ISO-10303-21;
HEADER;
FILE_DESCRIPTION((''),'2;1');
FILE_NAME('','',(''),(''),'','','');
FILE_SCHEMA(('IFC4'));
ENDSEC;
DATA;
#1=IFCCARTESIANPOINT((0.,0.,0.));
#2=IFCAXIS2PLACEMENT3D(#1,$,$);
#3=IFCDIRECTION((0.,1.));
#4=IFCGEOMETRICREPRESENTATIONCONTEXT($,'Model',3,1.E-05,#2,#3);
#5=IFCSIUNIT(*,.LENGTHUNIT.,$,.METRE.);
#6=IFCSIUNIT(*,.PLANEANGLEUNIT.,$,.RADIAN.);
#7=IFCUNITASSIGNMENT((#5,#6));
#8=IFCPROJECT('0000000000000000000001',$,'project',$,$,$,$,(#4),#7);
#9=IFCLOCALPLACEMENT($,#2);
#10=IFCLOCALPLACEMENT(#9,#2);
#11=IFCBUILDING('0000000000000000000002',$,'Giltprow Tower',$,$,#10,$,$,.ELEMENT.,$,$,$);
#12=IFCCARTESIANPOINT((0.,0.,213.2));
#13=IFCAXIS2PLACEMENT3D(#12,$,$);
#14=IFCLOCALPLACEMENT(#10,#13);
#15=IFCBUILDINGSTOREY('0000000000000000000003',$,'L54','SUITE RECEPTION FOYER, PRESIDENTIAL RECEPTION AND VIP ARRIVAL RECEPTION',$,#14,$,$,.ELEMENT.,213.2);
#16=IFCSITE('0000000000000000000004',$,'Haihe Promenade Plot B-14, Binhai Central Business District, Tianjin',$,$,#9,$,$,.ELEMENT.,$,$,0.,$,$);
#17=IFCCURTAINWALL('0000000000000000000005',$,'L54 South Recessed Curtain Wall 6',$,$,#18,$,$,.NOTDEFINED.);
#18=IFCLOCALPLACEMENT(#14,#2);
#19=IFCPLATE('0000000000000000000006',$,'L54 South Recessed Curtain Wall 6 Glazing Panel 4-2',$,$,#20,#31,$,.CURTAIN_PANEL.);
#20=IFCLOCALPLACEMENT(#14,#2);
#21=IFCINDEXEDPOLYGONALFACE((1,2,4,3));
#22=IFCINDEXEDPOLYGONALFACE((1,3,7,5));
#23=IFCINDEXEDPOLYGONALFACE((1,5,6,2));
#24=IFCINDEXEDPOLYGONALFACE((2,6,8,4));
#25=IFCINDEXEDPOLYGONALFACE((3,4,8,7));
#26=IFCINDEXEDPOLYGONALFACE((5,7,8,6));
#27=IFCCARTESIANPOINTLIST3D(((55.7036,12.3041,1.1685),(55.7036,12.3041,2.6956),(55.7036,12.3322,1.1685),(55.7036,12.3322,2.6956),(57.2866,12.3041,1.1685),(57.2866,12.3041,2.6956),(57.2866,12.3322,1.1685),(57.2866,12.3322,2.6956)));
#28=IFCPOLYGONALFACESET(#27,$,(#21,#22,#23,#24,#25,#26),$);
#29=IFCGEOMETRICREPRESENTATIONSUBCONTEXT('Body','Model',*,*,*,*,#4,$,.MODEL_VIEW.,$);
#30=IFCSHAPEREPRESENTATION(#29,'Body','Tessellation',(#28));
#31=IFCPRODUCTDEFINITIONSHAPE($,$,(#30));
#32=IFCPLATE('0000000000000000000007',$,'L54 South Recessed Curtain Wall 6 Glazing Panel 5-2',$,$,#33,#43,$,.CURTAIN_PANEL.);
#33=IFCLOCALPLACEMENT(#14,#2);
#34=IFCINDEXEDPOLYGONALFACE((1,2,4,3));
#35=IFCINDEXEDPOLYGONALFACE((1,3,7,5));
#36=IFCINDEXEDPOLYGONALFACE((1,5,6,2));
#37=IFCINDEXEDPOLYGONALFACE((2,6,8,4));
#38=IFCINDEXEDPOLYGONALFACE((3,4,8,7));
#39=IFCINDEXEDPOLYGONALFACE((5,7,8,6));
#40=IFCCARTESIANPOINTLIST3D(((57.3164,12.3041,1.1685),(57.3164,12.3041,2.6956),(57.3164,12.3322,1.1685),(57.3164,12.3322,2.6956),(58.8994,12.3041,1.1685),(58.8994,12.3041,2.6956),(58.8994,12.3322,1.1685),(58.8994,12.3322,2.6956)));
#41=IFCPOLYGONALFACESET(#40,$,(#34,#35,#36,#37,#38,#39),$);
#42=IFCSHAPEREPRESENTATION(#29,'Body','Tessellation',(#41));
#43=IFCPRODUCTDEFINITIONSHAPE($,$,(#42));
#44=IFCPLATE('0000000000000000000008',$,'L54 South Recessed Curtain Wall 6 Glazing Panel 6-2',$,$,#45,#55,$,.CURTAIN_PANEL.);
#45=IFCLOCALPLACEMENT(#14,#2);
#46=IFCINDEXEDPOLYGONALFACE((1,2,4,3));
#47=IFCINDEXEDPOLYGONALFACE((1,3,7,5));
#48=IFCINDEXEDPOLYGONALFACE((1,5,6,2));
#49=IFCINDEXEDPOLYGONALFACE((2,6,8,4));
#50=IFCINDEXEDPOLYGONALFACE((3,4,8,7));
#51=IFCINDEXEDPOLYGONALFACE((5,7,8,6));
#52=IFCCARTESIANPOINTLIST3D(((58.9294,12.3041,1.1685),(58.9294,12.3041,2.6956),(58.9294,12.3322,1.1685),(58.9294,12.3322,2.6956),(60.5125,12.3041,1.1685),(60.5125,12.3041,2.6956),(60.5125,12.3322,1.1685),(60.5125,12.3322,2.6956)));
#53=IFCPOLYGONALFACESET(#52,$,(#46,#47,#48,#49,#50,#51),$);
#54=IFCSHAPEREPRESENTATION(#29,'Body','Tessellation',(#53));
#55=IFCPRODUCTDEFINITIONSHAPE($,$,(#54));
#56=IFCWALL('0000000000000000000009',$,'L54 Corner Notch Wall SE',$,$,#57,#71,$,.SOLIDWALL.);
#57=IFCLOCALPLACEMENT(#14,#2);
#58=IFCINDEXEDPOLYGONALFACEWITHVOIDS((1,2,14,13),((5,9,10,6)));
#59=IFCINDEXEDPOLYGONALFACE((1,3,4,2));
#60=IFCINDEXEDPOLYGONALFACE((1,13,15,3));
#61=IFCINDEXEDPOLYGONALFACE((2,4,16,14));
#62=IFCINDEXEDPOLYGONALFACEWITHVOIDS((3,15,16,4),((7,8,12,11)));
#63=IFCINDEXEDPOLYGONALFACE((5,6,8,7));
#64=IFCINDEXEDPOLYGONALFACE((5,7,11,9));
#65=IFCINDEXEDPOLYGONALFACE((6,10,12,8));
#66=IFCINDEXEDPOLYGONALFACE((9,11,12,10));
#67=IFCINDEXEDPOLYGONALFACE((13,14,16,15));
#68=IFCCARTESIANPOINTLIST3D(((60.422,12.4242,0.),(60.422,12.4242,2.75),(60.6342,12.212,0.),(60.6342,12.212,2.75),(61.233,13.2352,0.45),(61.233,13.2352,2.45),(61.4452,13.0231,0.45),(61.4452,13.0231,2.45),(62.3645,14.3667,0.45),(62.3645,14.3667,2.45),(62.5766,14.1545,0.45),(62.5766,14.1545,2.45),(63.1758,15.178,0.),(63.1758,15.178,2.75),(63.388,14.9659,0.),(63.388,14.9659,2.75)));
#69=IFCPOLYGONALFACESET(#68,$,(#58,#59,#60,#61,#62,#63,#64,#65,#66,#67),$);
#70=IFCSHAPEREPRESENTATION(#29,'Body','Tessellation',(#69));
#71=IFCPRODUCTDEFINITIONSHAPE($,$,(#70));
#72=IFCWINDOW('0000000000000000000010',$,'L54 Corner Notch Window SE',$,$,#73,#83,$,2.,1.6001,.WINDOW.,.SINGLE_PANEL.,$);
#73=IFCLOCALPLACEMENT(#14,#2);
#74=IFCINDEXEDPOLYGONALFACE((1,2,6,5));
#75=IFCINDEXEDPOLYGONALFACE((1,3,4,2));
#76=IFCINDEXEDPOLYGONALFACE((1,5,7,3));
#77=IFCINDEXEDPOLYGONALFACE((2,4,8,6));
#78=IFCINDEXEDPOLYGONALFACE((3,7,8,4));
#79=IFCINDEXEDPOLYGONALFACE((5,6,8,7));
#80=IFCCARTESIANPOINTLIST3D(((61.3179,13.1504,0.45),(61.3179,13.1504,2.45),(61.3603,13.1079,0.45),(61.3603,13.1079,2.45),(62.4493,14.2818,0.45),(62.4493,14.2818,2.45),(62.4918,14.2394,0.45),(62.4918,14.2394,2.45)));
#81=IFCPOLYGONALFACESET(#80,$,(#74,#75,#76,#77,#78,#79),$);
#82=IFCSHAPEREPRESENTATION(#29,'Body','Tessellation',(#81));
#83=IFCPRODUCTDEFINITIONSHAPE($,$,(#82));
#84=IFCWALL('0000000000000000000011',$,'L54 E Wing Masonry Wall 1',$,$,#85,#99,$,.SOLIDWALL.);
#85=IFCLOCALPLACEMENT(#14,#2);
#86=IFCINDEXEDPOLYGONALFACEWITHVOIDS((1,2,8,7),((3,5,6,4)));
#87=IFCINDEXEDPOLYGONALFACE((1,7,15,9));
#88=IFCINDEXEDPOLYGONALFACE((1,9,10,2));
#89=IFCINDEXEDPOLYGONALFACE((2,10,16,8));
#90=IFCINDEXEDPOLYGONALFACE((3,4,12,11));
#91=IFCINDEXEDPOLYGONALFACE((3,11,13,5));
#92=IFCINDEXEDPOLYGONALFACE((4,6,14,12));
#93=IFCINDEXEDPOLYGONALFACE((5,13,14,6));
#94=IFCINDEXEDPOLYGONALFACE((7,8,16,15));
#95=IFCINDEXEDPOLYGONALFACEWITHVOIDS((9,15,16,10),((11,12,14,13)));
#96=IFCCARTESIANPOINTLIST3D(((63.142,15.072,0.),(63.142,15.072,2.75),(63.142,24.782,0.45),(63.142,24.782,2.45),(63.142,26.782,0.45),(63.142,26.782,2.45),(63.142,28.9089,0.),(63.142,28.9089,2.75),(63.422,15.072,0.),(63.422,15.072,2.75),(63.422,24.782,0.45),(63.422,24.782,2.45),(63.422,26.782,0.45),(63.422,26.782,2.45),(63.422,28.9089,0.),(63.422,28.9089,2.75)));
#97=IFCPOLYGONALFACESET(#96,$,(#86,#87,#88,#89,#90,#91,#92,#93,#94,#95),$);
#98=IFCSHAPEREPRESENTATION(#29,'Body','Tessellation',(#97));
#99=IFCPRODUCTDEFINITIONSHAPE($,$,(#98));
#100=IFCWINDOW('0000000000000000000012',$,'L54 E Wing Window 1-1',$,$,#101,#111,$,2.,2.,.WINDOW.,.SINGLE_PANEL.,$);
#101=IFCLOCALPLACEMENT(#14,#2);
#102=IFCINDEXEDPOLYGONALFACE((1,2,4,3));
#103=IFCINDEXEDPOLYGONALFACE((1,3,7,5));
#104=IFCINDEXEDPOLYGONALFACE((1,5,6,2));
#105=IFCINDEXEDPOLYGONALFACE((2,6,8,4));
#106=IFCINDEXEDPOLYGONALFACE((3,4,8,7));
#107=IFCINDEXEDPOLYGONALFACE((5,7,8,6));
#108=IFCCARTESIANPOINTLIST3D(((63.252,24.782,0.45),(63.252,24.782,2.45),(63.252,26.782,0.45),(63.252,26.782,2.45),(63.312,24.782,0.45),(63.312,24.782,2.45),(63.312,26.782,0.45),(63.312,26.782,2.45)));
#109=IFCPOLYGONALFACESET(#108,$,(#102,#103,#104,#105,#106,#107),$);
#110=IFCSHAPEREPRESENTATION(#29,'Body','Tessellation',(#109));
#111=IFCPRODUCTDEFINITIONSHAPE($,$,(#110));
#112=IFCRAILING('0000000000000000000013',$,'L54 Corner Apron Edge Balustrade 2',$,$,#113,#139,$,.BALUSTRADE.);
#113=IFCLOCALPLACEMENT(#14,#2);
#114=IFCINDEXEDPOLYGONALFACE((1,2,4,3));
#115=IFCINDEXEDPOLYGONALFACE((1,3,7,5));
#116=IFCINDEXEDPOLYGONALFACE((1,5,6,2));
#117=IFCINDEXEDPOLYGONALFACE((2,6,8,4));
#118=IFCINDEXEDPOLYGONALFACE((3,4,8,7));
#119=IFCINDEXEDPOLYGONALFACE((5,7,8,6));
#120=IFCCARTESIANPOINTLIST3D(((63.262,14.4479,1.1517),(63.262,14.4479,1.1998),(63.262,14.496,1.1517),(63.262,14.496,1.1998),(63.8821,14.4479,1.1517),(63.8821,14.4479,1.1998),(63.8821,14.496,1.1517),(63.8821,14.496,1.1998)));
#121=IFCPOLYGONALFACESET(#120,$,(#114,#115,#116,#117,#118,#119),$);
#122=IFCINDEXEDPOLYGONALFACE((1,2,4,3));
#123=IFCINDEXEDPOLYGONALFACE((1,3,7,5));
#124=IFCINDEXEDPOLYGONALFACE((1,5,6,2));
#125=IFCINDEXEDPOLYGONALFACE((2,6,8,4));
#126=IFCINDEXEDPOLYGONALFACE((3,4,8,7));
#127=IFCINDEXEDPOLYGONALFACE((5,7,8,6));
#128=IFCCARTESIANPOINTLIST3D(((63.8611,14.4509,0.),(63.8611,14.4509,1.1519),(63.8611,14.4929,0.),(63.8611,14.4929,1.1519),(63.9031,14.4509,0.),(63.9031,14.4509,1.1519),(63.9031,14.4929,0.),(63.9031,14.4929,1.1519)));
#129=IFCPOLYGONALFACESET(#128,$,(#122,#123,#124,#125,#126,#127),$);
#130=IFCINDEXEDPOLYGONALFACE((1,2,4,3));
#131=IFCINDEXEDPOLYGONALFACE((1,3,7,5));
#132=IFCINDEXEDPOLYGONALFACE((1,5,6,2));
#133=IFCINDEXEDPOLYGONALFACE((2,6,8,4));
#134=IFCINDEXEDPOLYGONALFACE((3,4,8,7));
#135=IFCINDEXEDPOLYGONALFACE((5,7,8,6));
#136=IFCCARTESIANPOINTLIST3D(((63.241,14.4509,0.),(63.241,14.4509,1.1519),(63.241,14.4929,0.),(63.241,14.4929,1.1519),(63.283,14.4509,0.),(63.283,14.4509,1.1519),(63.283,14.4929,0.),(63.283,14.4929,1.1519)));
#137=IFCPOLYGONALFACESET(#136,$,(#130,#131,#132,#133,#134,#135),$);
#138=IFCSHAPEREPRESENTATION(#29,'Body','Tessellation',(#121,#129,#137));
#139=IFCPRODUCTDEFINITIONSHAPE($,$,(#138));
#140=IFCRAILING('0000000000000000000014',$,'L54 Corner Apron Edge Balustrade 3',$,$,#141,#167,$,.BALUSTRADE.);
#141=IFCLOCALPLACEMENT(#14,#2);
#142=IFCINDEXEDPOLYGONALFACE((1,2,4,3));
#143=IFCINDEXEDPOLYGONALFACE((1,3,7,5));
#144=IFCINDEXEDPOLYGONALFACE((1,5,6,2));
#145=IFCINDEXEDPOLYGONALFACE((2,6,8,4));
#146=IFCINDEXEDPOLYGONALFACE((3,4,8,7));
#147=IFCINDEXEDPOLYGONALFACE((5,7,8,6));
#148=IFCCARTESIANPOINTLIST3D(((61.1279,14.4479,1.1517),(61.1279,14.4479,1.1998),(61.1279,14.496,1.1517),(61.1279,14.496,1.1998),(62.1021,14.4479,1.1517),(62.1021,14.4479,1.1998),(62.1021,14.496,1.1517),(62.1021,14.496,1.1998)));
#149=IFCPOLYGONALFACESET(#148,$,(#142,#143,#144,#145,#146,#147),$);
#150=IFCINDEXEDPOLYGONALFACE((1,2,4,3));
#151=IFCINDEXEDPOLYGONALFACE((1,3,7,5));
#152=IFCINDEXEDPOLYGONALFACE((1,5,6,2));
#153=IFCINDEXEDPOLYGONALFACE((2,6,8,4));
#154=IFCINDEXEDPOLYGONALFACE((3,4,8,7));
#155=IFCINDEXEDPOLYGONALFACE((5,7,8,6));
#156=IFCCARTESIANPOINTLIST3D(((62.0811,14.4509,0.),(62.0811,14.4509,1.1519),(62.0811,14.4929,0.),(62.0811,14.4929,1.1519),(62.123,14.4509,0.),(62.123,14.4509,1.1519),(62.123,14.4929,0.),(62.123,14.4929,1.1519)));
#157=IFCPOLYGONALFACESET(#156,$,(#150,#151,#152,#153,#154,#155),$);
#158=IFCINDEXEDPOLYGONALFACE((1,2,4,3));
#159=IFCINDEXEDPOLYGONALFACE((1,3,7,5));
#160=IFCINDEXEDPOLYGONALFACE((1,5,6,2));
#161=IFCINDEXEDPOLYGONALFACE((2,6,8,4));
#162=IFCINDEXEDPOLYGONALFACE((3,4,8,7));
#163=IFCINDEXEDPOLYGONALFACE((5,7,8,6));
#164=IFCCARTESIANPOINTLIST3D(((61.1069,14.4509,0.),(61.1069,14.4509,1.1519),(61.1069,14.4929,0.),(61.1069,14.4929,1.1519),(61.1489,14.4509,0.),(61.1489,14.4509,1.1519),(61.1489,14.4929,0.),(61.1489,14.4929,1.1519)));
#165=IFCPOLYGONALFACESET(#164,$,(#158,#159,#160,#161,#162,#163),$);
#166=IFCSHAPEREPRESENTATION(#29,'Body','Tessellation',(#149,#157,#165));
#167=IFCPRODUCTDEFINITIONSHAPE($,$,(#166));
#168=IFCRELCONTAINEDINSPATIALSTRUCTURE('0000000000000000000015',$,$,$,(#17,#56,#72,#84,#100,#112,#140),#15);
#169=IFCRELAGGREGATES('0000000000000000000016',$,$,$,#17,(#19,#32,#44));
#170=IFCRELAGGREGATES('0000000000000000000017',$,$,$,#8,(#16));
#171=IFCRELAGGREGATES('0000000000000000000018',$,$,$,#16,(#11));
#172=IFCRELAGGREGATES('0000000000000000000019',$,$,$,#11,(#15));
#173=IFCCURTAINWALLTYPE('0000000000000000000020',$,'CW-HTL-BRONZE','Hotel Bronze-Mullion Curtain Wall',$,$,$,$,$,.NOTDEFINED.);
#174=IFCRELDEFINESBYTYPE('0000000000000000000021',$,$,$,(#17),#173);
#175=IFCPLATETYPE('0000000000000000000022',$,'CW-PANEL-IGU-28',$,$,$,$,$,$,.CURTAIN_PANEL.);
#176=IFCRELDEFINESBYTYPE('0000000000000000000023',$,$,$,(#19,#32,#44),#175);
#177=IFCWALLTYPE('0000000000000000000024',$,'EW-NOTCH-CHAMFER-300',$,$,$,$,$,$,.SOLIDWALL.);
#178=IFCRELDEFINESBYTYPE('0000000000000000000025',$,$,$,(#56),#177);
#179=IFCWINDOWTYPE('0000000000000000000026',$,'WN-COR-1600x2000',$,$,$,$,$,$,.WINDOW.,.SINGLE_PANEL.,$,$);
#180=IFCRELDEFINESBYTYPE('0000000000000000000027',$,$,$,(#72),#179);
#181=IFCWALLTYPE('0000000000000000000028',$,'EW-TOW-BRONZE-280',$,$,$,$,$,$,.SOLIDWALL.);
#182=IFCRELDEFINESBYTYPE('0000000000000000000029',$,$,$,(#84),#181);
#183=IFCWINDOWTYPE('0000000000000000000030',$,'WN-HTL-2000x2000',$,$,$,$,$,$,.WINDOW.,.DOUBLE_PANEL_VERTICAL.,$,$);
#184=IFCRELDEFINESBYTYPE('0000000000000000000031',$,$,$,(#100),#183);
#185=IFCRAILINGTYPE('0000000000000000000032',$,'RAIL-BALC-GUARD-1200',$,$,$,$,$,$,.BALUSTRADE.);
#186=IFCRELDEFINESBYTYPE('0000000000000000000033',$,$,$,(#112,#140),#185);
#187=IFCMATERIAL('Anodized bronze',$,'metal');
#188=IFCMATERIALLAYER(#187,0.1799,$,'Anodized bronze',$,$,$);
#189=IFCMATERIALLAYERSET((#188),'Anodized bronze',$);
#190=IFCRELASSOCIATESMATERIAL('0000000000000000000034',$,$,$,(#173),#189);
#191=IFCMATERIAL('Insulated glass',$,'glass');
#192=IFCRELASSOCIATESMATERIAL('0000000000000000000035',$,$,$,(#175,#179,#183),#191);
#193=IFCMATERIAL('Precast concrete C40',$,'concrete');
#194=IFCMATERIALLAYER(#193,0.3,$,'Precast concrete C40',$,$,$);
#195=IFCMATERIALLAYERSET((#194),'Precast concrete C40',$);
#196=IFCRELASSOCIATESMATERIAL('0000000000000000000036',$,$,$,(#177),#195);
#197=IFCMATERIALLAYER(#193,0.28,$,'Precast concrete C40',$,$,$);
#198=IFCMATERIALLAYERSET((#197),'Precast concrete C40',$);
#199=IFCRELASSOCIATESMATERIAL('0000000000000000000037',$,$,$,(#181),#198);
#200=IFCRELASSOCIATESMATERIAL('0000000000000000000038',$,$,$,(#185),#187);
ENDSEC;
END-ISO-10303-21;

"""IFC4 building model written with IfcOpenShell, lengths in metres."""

from ifc_helpers import new_model, si_unit, direction, frame, frame_2d, origin, origin_2d, place, context, subcontext, project, spatial, rectangle, extrude, source, transform, mapped, material, layer, layer_set, type_object, element, fill, aggregate, save


model = new_model("IFC4")

# Units and contexts
model_context = context("Model", 3, precision=1e-05, world=origin(), true_north=direction((0.0, 1.0)))
body_context = subcontext(model_context, "Body", "Model", "MODEL_VIEW")
ifc_project = project(units=[si_unit("LENGTHUNIT", "METRE"), si_unit("PLANEANGLEUNIT", "RADIAN")], contexts=[model_context])

# Site, building, storey
site_placement = place(None, origin())
site = spatial("IfcSite", under=ifc_project, at=site_placement, Name="Haihe Promenade Plot B-14, Binhai Central Business District, Tianjin", CompositionType="ELEMENT", RefElevation=0.0)
building_placement = place(site_placement, origin())
building = spatial("IfcBuilding", under=site, at=building_placement, Name="Giltprow Tower", CompositionType="ELEMENT")
storey_placement = place(building_placement, frame((0.0, 0.0, 213.2)))
storey = spatial("IfcBuildingStorey", under=building, at=storey_placement, Name="L54", Description="SUITE RECEPTION FOYER, PRESIDENTIAL RECEPTION AND VIP ARRIVAL RECEPTION", CompositionType="ELEMENT", Elevation=213.2)

# Curtain wall
ifc_material_1 = material(Name="Anodized bronze", Category="metal")
ifc_layer_1 = layer(ifc_material_1, 0.1799, Name="Anodized bronze")
ifc_layer_set_1 = layer_set([ifc_layer_1], Name="Anodized bronze")
curtain_wall_type = type_object("IfcCurtainWallType", Name="CW-HTL-BRONZE", Description="Hotel Bronze-Mullion Curtain Wall", PredefinedType="NOTDEFINED", material=ifc_layer_set_1)
curtain_wall_placement = place(storey_placement, origin())
curtain_wall = element("IfcCurtainWall", 1, at=curtain_wall_placement, inside=storey, type_object=curtain_wall_type, Name="L54 South Recessed Curtain Wall 6", PredefinedType="NOTDEFINED")

# Plates
ifc_material_2 = material(Name="Insulated glass", Category="glass")
plate_type_1 = type_object("IfcPlateType", Name="CW-PANEL-IGU-28", PredefinedType="CURTAIN_PANEL", material=ifc_material_2)
shared_shape_1 = source(origin(), body_context, "Body", "SweptSolid", [
    extrude(rectangle(XDim=1.583, YDim=0.0281, at=origin_2d()), origin(), (0.0, 0.0, 1.0), 1.5271),
])
plate_1_placement = place(storey_placement, frame((56.4951, 12.3181, 1.1685), z_axis=(0.0, 0.0, 1.0), x_axis=(1.0, 0.0, 0.0)))
plate_1 = element("IfcPlate", 2, at=plate_1_placement, type_object=plate_type_1, Name="L54 South Recessed Curtain Wall 6 Glazing Panel 4-2", PredefinedType="CURTAIN_PANEL", context=body_context, shape_type="MappedRepresentation", body=[
    mapped(shared_shape_1, transform((0.0, 0.0, 0.0), x_axis=(1.0, 0.0, 0.0), y_axis=(0.0, 1.0, 0.0), z_axis=(0.0, 0.0, 1.0), scale=1.0)),
])
plate_2_placement = place(storey_placement, frame((58.1079, 12.3181, 1.1685), z_axis=(0.0, 0.0, 1.0), x_axis=(1.0, 0.0, 0.0)))
plate_2 = element("IfcPlate", 3, at=plate_2_placement, type_object=plate_type_1, Name="L54 South Recessed Curtain Wall 6 Glazing Panel 5-2", PredefinedType="CURTAIN_PANEL", context=body_context, shape_type="MappedRepresentation", body=[
    mapped(shared_shape_1, transform((0.0, 0.0, 0.0), x_axis=(1.0, 0.0, 0.0), y_axis=(0.0, 1.0, 0.0), z_axis=(0.0, 0.0, 1.0), scale=1.0)),
])
plate_3_placement = place(storey_placement, frame((59.7209, 12.3181, 1.1685), z_axis=(0.0, 0.0, 1.0), x_axis=(1.0, 0.0, 0.0)))
plate_3 = element("IfcPlate", 4, at=plate_3_placement, type_object=plate_type_1, Name="L54 South Recessed Curtain Wall 6 Glazing Panel 6-2", PredefinedType="CURTAIN_PANEL", context=body_context, shape_type="MappedRepresentation", body=[
    mapped(shared_shape_1, transform((0.0, 0.0, 0.0), x_axis=(1.0, 0.0, 0.0), y_axis=(0.0, 1.0, 0.0), z_axis=(0.0, 0.0, 1.0), scale=1.0)),
])
aggregate(curtain_wall, [plate_1, plate_2, plate_3])

# Walls, openings, windows
ifc_material_3 = material(Name="Precast concrete C40", Category="concrete")
ifc_layer_2 = layer(ifc_material_3, 0.3, Name="Precast concrete C40")
ifc_layer_set_2 = layer_set([ifc_layer_2], Name="Precast concrete C40")
wall_type_1 = type_object("IfcWallType", Name="EW-NOTCH-CHAMFER-300", PredefinedType="SOLIDWALL", material=ifc_layer_set_2)
wall_1_placement = place(storey_placement, frame((60.5281, 12.3181, 0.0), z_axis=(0.0, 0.0, 1.0), x_axis=(0.707107, 0.707107, 0.0)))
wall_1 = element("IfcWall", 5, at=wall_1_placement, inside=storey, type_object=wall_type_1, Name="L54 Corner Notch Wall SE", PredefinedType="SOLIDWALL", context=body_context, shape_type="SweptSolid", body=[
    extrude(rectangle(XDim=3.8945, YDim=0.3, at=frame_2d((1.9473, 0.0))), origin(), (0.0, 0.0, 1.0), 2.75),
])
opening_1_placement = place(wall_1_placement, frame((1.147, 0.0, 0.45)))
opening_1 = element("IfcOpeningElement", 6, at=opening_1_placement, cuts=wall_1, PredefinedType="OPENING", context=body_context, shape_type="SweptSolid", body=[
    extrude(rectangle(XDim=1.6001, YDim=2.0, at=frame_2d((0.8, 1.0))), frame((0.0, 0.1599, 0.0), z_axis=(0.0, -1.0, 0.0), x_axis=(1.0, 0.0, 0.0)), (0.0, 0.0, 1.0), 0.3201),
])
window_type_1 = type_object("IfcWindowType", Name="WN-COR-1600x2000", PartitioningType="SINGLE_PANEL", PredefinedType="WINDOW", material=ifc_material_2)
shared_shape_2 = source(origin(), body_context, "Body", "SweptSolid", [
    extrude(rectangle(XDim=1.6001, YDim=2.0, at=frame_2d((0.8, 1.0))), frame((0.0, 0.03, 0.0), z_axis=(0.0, -1.0, 0.0), x_axis=(1.0, 0.0, 0.0)), (0.0, 0.0, 1.0), 0.0601),
])
window_1_placement = place(opening_1_placement, origin())
window_1 = element("IfcWindow", 7, at=window_1_placement, inside=storey, type_object=window_type_1, Name="L54 Corner Notch Window SE", OverallHeight=2.0, OverallWidth=1.6001, PartitioningType="SINGLE_PANEL", PredefinedType="WINDOW", context=body_context, shape_type="MappedRepresentation", body=[
    mapped(shared_shape_2, transform((0.0, 0.0, 0.0), x_axis=(1.0, 0.0, 0.0), y_axis=(0.0, 1.0, 0.0), z_axis=(0.0, 0.0, 1.0), scale=1.0)),
])
fill(opening_1, window_1)
ifc_layer_3 = layer(ifc_material_3, 0.28, Name="Precast concrete C40")
ifc_layer_set_3 = layer_set([ifc_layer_3], Name="Precast concrete C40")
wall_type_2 = type_object("IfcWallType", Name="EW-TOW-BRONZE-280", PredefinedType="SOLIDWALL", material=ifc_layer_set_3)
wall_2_placement = place(storey_placement, frame((63.282, 15.072, 0.0), z_axis=(0.0, 0.0, 1.0), x_axis=(0.0, 1.0, 0.0)))
wall_2 = element("IfcWall", 8, at=wall_2_placement, inside=storey, type_object=wall_type_2, Name="L54 E Wing Masonry Wall 1", PredefinedType="SOLIDWALL", context=body_context, shape_type="SweptSolid", body=[
    extrude(rectangle(XDim=13.8369, YDim=0.28, at=frame_2d((6.9185, 0.0))), origin(), (0.0, 0.0, 1.0), 2.75),
])
opening_2_placement = place(wall_2_placement, frame((9.71, 0.0, 0.45)))
opening_2 = element("IfcOpeningElement", 9, at=opening_2_placement, cuts=wall_2, PredefinedType="OPENING", context=body_context, shape_type="SweptSolid", body=[
    extrude(rectangle(XDim=2.0, YDim=2.0, at=frame_2d((1.0, 1.0))), frame((0.0, 0.1499, 0.0), z_axis=(0.0, -1.0, 0.0), x_axis=(1.0, 0.0, 0.0)), (0.0, 0.0, 1.0), 0.3),
])
window_type_2 = type_object("IfcWindowType", Name="WN-HTL-2000x2000", PartitioningType="DOUBLE_PANEL_VERTICAL", PredefinedType="WINDOW", material=ifc_material_2)
shared_shape_3 = source(origin(), body_context, "Body", "SweptSolid", [
    extrude(rectangle(XDim=2.0, YDim=2.0, at=frame_2d((1.0, 1.0))), frame((0.0, 0.03, 0.0), z_axis=(0.0, -1.0, 0.0), x_axis=(1.0, 0.0, 0.0)), (0.0, 0.0, 1.0), 0.0601),
])
window_2_placement = place(opening_2_placement, origin())
window_2 = element("IfcWindow", 10, at=window_2_placement, inside=storey, type_object=window_type_2, Name="L54 E Wing Window 1-1", OverallHeight=2.0, OverallWidth=2.0, PartitioningType="SINGLE_PANEL", PredefinedType="WINDOW", context=body_context, shape_type="MappedRepresentation", body=[
    mapped(shared_shape_3, transform((0.0, 0.0, 0.0), x_axis=(1.0, 0.0, 0.0), y_axis=(0.0, 1.0, 0.0), z_axis=(0.0, 0.0, 1.0), scale=1.0)),
])
fill(opening_2, window_2)

# Railings
railing_type = type_object("IfcRailingType", Name="RAIL-BALC-GUARD-1200", PredefinedType="BALUSTRADE", material=ifc_material_1)
railing_1_placement = place(storey_placement, frame((63.8821, 14.4719, 0.0)))
element("IfcRailing", 11, at=railing_1_placement, inside=storey, type_object=railing_type, Name="L54 Corner Apron Edge Balustrade 2", PredefinedType="BALUSTRADE", context=body_context, shape_type="SweptSolid", body=[
    extrude(rectangle(XDim=0.0481, YDim=0.0481, at=origin_2d()), frame((0.0, 0.0, 1.1758), z_axis=(-1.0, 0.0, 0.0), x_axis=(0.0, -1.0, 0.0)), (0.0, 0.0, 1.0), 0.6201),
    extrude(rectangle(XDim=0.042, YDim=0.042, at=origin_2d()), origin(), (0.0, 0.0, 1.0), 1.1519),
    extrude(rectangle(XDim=0.042, YDim=0.042, at=origin_2d()), frame((-0.6201, 0.0, 0.0)), (0.0, 0.0, 1.0), 1.1519),
])
railing_2_placement = place(storey_placement, frame((62.1021, 14.4719, 0.0)))
element("IfcRailing", 12, at=railing_2_placement, inside=storey, type_object=railing_type, Name="L54 Corner Apron Edge Balustrade 3", PredefinedType="BALUSTRADE", context=body_context, shape_type="SweptSolid", body=[
    extrude(rectangle(XDim=0.0481, YDim=0.0481, at=origin_2d()), frame((0.0, 0.0, 1.1758), z_axis=(-1.0, 0.0, 0.0), x_axis=(0.0, -1.0, 0.0)), (0.0, 0.0, 1.0), 0.9741),
    extrude(rectangle(XDim=0.042, YDim=0.042, at=origin_2d()), origin(), (0.0, 0.0, 1.0), 1.1519),
    extrude(rectangle(XDim=0.042, YDim=0.042, at=origin_2d()), frame((-0.9741, 0.0, 0.0)), (0.0, 0.0, 1.0), 1.1519),
])

save(model, "model.ifc")
